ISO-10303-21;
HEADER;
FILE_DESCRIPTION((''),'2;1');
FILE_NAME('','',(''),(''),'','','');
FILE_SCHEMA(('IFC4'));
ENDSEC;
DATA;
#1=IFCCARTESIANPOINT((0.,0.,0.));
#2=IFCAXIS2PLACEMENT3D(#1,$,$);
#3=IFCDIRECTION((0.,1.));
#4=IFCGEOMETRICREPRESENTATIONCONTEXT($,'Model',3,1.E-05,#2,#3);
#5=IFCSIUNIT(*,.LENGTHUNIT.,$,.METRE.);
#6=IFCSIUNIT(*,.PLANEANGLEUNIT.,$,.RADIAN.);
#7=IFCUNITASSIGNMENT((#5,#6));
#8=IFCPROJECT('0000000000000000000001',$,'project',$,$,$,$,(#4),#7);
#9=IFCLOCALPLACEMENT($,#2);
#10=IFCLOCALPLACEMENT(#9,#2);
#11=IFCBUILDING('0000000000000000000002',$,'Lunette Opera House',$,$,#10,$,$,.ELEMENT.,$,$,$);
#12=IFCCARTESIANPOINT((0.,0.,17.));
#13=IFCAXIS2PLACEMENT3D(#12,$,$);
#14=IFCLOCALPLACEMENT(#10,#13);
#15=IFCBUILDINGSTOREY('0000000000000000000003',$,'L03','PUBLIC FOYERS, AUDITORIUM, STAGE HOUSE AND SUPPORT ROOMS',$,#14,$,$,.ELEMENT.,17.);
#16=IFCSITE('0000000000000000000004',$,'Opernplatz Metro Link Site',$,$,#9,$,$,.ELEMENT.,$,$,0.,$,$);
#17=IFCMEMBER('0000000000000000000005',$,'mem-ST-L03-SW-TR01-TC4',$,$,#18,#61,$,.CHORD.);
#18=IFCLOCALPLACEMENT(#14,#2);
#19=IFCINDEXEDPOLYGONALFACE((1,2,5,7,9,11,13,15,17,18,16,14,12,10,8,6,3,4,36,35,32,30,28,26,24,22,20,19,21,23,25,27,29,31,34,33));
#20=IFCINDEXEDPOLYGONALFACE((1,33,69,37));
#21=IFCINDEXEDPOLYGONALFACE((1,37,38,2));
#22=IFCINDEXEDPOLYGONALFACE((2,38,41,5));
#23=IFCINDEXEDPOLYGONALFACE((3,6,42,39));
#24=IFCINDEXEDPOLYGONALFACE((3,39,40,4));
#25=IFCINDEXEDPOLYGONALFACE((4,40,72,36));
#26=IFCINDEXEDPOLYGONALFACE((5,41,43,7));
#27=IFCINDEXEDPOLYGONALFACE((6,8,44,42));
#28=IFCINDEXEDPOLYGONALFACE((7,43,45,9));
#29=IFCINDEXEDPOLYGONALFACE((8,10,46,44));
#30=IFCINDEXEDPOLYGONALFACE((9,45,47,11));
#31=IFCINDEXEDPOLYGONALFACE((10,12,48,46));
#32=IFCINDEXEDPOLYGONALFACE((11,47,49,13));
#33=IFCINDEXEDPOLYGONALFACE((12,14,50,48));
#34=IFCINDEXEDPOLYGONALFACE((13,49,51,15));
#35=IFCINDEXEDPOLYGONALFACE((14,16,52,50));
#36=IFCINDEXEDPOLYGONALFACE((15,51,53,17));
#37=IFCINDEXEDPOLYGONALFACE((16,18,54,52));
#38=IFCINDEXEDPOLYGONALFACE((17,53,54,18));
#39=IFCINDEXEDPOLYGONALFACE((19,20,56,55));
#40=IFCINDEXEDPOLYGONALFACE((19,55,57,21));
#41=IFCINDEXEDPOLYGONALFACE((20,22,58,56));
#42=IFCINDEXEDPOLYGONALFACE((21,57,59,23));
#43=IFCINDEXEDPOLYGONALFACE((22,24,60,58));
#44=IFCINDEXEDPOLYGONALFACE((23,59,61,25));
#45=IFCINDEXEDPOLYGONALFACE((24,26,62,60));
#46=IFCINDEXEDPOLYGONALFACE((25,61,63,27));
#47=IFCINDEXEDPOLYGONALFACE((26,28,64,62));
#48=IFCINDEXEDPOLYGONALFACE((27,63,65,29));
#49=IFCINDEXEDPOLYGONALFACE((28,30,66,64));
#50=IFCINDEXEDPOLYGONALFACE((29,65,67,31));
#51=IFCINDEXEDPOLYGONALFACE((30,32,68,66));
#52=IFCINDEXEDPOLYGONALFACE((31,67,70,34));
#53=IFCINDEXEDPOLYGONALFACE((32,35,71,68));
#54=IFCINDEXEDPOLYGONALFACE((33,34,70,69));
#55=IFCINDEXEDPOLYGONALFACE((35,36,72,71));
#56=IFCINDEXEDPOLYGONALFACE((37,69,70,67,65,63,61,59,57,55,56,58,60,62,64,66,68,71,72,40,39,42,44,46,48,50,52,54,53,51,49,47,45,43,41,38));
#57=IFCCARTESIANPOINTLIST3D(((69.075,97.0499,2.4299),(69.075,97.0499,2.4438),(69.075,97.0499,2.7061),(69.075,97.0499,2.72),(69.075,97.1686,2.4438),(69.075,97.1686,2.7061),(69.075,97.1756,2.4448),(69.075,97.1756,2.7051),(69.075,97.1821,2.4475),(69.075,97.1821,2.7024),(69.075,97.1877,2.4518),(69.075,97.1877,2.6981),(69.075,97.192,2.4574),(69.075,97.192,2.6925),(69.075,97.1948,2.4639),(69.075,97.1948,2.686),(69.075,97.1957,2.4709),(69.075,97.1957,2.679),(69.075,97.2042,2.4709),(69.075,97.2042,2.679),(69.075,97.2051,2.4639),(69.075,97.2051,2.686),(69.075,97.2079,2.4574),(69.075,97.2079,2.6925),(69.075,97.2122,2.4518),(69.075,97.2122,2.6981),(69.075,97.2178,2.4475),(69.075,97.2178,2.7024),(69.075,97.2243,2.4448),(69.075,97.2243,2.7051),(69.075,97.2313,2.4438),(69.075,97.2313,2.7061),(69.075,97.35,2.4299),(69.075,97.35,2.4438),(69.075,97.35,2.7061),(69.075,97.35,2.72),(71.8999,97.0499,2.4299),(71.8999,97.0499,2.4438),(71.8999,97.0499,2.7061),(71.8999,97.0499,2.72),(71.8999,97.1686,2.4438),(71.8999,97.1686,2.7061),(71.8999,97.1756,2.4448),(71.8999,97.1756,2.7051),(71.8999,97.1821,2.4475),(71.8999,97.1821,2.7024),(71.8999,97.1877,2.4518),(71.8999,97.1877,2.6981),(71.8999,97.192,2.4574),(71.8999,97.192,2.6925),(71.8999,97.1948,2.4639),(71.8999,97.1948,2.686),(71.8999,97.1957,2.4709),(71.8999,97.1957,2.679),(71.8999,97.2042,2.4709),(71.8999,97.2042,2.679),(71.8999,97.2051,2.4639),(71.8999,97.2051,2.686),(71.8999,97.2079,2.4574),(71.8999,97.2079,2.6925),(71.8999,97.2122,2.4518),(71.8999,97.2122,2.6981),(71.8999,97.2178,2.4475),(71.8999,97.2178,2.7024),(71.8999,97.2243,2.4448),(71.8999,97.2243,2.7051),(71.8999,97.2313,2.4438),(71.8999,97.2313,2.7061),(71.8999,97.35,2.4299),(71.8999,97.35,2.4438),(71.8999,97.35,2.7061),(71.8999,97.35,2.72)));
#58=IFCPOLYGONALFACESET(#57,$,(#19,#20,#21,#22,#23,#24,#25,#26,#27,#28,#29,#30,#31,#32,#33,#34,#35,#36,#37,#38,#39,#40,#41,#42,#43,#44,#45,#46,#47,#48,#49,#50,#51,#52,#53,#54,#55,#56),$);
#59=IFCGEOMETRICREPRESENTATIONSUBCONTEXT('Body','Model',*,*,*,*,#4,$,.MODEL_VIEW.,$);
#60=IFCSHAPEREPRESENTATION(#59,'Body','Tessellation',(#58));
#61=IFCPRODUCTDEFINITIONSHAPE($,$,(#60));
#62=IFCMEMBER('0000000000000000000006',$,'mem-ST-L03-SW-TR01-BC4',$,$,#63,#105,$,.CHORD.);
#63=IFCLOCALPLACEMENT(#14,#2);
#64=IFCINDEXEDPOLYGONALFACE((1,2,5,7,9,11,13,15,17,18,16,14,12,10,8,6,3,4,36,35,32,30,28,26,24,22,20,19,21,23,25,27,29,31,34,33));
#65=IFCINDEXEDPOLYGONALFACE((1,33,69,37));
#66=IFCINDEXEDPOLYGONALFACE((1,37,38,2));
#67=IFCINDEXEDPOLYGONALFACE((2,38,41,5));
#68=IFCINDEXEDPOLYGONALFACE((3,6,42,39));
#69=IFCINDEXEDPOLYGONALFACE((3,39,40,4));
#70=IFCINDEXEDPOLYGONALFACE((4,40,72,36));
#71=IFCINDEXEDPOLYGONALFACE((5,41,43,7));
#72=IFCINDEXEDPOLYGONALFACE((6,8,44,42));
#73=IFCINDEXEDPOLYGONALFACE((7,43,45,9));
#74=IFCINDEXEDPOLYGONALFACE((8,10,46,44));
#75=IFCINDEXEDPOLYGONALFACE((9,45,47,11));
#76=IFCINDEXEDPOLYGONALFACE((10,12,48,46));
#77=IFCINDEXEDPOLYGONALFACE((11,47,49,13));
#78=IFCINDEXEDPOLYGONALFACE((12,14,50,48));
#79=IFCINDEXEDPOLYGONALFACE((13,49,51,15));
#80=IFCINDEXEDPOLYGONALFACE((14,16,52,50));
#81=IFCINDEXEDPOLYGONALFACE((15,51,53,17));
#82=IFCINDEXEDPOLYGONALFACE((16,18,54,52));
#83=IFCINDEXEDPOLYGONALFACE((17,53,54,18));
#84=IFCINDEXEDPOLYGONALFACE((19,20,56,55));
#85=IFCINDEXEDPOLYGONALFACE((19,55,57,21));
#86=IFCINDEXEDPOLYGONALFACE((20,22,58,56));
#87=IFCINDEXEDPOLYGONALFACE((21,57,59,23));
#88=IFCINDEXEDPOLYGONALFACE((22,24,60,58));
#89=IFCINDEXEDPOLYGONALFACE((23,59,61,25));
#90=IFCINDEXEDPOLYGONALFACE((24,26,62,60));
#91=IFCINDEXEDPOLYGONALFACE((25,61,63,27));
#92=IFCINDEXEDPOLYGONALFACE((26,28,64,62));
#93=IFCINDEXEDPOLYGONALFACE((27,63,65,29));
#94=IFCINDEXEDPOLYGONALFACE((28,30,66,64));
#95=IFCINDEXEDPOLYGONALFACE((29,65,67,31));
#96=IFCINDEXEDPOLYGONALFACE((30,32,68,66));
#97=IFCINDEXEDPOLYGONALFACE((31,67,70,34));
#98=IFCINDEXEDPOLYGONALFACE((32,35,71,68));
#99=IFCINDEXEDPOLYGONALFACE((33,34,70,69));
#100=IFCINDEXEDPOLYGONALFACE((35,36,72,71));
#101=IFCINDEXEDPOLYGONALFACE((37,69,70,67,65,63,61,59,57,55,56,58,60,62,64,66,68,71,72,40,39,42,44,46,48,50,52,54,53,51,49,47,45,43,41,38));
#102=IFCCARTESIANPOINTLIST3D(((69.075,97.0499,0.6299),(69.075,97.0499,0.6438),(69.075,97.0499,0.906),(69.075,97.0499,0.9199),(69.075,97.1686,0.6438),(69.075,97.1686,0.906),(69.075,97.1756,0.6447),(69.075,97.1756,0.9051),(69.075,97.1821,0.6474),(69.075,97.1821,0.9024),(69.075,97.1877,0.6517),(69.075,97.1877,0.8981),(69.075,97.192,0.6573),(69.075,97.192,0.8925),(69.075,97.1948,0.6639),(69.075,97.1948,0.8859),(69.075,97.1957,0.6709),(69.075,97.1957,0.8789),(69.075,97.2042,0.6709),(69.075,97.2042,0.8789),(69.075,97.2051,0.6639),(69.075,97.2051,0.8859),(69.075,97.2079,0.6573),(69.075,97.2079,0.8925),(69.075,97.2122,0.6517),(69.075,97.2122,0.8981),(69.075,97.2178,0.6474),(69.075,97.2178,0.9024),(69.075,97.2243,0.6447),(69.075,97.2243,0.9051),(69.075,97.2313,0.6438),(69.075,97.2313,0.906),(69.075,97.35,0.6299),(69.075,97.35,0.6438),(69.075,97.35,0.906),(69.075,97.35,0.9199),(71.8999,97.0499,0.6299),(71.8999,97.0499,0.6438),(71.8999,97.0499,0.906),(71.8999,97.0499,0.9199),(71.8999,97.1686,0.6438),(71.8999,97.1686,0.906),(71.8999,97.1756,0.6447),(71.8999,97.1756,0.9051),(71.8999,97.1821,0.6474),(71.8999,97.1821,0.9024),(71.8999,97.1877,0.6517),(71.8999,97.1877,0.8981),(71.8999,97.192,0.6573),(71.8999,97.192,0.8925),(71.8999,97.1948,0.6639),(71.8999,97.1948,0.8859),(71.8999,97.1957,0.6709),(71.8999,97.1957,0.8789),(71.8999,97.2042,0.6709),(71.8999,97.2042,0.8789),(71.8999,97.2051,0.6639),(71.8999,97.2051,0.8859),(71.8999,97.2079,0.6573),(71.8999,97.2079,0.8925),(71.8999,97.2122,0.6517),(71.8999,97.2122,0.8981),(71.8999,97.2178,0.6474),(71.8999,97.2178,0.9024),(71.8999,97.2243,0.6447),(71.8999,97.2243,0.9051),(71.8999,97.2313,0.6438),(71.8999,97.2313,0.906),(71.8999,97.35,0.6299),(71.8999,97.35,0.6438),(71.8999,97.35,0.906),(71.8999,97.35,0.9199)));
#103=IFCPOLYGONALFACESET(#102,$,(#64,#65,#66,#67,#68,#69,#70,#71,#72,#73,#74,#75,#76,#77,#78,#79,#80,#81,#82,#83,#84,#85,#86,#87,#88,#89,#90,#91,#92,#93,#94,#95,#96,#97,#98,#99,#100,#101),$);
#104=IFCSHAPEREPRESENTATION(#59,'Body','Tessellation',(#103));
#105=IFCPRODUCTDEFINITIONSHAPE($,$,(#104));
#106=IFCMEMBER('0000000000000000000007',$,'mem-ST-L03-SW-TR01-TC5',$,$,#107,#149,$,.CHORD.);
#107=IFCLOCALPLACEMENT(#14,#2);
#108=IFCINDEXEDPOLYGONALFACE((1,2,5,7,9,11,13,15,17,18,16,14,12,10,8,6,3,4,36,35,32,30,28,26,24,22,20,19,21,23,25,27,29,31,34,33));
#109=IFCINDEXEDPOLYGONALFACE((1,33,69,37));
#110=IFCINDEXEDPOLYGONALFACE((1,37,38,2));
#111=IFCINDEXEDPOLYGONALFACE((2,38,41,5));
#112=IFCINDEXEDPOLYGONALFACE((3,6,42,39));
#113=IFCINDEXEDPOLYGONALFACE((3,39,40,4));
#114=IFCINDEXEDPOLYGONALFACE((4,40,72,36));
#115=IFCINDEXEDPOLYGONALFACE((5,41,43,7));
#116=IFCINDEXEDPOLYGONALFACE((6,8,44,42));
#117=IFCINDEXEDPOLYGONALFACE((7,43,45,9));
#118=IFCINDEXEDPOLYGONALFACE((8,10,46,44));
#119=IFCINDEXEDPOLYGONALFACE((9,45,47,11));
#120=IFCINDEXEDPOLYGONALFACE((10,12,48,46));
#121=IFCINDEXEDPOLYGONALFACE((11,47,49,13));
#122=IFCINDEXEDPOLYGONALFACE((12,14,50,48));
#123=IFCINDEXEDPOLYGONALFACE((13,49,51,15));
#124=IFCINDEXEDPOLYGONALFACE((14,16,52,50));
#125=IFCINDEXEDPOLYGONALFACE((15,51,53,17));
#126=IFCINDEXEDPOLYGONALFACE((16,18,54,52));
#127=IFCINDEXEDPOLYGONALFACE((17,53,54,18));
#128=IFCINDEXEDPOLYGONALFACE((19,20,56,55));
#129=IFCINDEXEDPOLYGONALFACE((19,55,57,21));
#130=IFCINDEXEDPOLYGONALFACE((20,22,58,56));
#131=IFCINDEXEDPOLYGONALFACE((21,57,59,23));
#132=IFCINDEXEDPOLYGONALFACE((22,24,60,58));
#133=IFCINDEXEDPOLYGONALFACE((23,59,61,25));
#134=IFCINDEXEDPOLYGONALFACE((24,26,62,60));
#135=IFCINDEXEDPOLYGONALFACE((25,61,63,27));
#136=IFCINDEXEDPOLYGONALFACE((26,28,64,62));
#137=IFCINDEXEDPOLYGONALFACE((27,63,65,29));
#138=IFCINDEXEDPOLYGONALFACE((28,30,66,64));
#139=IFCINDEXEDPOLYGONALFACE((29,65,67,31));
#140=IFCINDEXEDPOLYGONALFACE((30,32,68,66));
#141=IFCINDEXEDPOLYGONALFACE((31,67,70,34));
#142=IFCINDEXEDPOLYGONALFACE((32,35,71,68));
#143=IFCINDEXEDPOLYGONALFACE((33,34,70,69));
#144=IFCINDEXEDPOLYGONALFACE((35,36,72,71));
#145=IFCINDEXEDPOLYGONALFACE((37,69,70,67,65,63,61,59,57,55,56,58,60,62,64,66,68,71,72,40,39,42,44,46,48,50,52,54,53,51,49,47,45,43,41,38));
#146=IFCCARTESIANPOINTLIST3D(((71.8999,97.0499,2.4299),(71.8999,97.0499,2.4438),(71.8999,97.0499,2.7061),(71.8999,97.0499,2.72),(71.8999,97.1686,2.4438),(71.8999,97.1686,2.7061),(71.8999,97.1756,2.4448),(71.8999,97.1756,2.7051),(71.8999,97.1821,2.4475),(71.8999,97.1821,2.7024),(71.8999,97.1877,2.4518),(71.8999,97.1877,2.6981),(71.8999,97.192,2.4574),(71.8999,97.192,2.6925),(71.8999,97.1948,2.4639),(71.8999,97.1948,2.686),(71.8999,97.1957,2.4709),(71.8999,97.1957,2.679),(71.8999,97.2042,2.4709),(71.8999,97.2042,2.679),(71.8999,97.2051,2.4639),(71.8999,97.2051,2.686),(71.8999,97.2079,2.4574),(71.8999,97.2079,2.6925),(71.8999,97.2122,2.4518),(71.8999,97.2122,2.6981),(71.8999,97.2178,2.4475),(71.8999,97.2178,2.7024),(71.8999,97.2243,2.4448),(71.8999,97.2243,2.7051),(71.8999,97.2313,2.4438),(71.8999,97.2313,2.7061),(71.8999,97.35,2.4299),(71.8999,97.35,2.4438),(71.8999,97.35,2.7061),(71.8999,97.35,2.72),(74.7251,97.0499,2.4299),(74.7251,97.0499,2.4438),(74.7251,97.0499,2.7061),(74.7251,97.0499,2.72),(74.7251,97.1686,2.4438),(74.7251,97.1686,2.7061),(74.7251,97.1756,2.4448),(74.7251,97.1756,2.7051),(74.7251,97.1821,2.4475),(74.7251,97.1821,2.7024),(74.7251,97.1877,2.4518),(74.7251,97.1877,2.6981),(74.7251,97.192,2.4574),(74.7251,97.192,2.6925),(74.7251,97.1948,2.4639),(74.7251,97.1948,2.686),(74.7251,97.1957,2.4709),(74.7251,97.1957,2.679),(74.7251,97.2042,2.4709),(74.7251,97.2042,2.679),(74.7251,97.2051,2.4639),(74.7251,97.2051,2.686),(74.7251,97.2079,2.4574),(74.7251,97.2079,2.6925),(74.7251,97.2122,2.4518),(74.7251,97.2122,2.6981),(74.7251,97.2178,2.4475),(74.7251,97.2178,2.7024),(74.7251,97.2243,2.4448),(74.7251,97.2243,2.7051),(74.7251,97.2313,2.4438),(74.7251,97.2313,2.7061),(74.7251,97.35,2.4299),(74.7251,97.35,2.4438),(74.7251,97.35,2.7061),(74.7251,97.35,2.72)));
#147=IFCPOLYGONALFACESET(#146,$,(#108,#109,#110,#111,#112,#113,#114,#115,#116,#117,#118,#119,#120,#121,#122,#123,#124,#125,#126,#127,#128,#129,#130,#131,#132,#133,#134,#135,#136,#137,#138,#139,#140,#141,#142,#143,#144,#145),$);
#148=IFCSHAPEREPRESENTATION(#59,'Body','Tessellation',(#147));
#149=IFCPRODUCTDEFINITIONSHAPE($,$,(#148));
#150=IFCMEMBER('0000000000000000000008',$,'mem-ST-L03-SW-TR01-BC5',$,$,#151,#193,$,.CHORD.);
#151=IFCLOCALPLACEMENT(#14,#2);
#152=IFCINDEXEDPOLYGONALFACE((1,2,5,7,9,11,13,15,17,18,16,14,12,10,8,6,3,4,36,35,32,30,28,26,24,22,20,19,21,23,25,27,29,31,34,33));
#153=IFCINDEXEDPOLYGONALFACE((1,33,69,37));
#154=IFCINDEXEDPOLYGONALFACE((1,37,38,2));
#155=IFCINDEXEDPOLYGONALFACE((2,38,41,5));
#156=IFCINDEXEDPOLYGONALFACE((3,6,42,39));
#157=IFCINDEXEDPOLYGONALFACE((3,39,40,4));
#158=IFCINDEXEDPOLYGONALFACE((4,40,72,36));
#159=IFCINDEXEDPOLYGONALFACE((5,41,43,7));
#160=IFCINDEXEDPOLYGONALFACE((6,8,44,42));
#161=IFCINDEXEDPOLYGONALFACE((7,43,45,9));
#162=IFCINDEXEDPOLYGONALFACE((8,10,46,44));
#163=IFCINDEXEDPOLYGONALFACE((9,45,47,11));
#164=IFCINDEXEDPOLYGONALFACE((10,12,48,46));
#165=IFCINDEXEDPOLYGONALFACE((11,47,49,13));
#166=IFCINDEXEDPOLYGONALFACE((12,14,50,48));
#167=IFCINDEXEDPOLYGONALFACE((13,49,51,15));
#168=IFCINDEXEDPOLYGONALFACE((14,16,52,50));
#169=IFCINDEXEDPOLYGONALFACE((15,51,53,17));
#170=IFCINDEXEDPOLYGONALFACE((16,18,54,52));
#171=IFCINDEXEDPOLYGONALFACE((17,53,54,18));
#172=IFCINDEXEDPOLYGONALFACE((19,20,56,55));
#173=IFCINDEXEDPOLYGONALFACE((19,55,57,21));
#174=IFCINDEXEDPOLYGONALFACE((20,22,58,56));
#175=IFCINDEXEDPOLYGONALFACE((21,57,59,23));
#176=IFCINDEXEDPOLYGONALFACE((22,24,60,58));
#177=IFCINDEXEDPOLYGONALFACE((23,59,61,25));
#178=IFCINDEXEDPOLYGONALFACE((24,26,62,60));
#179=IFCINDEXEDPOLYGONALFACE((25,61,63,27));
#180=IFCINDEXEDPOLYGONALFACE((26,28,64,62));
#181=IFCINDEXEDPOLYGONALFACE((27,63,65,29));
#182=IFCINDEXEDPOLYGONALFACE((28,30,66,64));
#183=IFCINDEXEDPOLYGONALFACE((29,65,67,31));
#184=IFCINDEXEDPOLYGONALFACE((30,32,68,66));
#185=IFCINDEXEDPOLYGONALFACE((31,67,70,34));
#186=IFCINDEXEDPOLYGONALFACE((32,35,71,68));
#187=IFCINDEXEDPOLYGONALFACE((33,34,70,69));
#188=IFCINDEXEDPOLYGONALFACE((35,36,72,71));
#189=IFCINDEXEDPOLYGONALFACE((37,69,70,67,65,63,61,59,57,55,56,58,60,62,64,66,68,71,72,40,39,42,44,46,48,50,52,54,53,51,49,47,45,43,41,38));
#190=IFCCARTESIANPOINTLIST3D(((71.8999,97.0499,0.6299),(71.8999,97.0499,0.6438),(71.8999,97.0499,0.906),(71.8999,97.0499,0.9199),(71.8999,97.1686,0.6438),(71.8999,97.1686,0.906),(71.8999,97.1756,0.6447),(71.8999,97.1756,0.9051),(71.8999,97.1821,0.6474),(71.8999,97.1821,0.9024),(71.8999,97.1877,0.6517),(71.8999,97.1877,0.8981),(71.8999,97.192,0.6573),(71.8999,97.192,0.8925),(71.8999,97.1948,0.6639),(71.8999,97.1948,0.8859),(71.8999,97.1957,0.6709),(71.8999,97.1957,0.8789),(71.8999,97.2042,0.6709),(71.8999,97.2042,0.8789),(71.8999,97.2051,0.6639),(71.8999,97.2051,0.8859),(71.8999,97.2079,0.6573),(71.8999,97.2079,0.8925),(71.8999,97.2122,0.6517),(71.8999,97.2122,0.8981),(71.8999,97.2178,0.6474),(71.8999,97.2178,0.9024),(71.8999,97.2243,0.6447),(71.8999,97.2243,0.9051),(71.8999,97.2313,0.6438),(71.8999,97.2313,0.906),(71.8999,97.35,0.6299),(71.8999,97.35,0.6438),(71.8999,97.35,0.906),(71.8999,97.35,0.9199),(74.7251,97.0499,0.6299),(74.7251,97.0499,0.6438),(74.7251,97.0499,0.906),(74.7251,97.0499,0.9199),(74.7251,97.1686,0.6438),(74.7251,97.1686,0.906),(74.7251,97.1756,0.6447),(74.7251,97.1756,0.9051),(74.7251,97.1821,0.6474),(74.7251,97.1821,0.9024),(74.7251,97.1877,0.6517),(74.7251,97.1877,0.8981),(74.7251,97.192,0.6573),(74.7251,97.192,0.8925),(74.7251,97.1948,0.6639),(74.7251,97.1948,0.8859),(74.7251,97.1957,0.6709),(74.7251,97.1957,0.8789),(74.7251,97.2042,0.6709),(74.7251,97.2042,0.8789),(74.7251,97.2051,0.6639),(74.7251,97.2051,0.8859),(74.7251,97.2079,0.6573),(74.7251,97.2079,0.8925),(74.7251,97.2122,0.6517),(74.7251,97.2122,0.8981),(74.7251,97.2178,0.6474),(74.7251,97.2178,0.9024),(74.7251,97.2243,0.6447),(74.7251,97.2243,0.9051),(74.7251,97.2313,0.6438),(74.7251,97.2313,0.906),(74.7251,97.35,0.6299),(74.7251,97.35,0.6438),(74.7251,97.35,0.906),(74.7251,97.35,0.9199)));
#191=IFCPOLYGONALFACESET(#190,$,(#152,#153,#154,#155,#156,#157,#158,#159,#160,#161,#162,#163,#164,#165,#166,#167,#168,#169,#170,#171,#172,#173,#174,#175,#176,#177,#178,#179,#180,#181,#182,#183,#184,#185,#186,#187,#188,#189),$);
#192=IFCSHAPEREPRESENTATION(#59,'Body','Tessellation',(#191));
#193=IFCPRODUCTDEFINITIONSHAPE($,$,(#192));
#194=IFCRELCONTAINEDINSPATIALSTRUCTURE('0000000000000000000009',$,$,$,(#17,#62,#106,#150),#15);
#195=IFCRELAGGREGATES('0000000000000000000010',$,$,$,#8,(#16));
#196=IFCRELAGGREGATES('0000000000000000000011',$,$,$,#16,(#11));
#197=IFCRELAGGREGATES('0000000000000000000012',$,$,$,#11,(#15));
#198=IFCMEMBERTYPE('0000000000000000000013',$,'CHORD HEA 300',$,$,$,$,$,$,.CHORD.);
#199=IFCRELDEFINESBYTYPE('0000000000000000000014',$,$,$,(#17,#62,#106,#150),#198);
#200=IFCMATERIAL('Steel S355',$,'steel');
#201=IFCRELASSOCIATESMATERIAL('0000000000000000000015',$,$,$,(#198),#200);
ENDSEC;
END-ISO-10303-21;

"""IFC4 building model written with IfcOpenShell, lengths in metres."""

from ifc_helpers import new_model, si_unit, direction, frame, origin, origin_2d, place, context, subcontext, project, spatial, i_section, extrude, material, material_profile, profile_set, type_object, element, save


model = new_model("IFC4")

# Units and contexts
model_context = context("Model", 3, precision=1e-05, world=origin(), true_north=direction((0.0, 1.0)))
body_context = subcontext(model_context, "Body", "Model", "MODEL_VIEW")
ifc_project = project(units=[si_unit("LENGTHUNIT", "METRE"), si_unit("PLANEANGLEUNIT", "RADIAN")], contexts=[model_context])

# Site, building, storey
site_placement = place(None, origin())
site = spatial("IfcSite", under=ifc_project, at=site_placement, Name="Opernplatz Metro Link Site", CompositionType="ELEMENT", RefElevation=0.0)
building_placement = place(site_placement, origin())
building = spatial("IfcBuilding", under=site, at=building_placement, Name="Lunette Opera House", CompositionType="ELEMENT")
storey_placement = place(building_placement, frame((0.0, 0.0, 17.0)))
storey = spatial("IfcBuildingStorey", under=building, at=storey_placement, Name="L03", Description="PUBLIC FOYERS, AUDITORIUM, STAGE HOUSE AND SUPPORT ROOMS", CompositionType="ELEMENT", Elevation=17.0)

# Members
ifc_material_1 = material(Name="Steel S355", Category="steel")
ifc_material_profile_1 = material_profile(ifc_material_1, i_section(OverallWidth=0.3, OverallDepth=0.29, WebThickness=0.0085, FlangeThickness=0.0139, FilletRadius=0.0271, at=origin_2d()), Name="HEA 300")
ifc_profile_set_1 = profile_set([ifc_material_profile_1], Name="Steel S355")
member_type_1 = type_object("IfcMemberType", Name="CHORD HEA 300", PredefinedType="CHORD", material=ifc_profile_set_1)
for number, where, z_axis, x_axis, name in (
    (1, (69.075, 97.2, 2.575), (1.0, 0.0, 0.0), (0.0, 1.0, 0.0), "mem-ST-L03-SW-TR01-TC4"),
    (2, (69.075, 97.2, 0.7749), (1.0, 0.0, 0.0), (0.0, 1.0, 0.0), "mem-ST-L03-SW-TR01-BC4"),
):
    element("IfcMember", number, at=place(storey_placement, frame(where, z_axis=z_axis, x_axis=x_axis)), inside=storey, type_object=member_type_1, Name=name, PredefinedType="CHORD", context=body_context, shape_type="SweptSolid", body=[
        extrude(i_section(OverallWidth=0.3, OverallDepth=0.29, WebThickness=0.0085, FlangeThickness=0.0139, FilletRadius=0.0271, at=origin_2d()), origin(), (0.0, 0.0, 1.0), 2.825),
    ])
for number, where, z_axis, x_axis, name in (
    (3, (71.8999, 97.2, 2.575), (1.0, 0.0, 0.0), (0.0, 1.0, 0.0), "mem-ST-L03-SW-TR01-TC5"),
    (4, (71.8999, 97.2, 0.7749), (1.0, 0.0, 0.0), (0.0, 1.0, 0.0), "mem-ST-L03-SW-TR01-BC5"),
):
    element("IfcMember", number, at=place(storey_placement, frame(where, z_axis=z_axis, x_axis=x_axis)), inside=storey, type_object=member_type_1, Name=name, PredefinedType="CHORD", context=body_context, shape_type="SweptSolid", body=[
        extrude(i_section(OverallWidth=0.3, OverallDepth=0.29, WebThickness=0.0085, FlangeThickness=0.0139, FilletRadius=0.0271, at=origin_2d()), origin(), (0.0, 0.0, 1.0), 2.8252),
    ])

save(model, "model.ifc")
